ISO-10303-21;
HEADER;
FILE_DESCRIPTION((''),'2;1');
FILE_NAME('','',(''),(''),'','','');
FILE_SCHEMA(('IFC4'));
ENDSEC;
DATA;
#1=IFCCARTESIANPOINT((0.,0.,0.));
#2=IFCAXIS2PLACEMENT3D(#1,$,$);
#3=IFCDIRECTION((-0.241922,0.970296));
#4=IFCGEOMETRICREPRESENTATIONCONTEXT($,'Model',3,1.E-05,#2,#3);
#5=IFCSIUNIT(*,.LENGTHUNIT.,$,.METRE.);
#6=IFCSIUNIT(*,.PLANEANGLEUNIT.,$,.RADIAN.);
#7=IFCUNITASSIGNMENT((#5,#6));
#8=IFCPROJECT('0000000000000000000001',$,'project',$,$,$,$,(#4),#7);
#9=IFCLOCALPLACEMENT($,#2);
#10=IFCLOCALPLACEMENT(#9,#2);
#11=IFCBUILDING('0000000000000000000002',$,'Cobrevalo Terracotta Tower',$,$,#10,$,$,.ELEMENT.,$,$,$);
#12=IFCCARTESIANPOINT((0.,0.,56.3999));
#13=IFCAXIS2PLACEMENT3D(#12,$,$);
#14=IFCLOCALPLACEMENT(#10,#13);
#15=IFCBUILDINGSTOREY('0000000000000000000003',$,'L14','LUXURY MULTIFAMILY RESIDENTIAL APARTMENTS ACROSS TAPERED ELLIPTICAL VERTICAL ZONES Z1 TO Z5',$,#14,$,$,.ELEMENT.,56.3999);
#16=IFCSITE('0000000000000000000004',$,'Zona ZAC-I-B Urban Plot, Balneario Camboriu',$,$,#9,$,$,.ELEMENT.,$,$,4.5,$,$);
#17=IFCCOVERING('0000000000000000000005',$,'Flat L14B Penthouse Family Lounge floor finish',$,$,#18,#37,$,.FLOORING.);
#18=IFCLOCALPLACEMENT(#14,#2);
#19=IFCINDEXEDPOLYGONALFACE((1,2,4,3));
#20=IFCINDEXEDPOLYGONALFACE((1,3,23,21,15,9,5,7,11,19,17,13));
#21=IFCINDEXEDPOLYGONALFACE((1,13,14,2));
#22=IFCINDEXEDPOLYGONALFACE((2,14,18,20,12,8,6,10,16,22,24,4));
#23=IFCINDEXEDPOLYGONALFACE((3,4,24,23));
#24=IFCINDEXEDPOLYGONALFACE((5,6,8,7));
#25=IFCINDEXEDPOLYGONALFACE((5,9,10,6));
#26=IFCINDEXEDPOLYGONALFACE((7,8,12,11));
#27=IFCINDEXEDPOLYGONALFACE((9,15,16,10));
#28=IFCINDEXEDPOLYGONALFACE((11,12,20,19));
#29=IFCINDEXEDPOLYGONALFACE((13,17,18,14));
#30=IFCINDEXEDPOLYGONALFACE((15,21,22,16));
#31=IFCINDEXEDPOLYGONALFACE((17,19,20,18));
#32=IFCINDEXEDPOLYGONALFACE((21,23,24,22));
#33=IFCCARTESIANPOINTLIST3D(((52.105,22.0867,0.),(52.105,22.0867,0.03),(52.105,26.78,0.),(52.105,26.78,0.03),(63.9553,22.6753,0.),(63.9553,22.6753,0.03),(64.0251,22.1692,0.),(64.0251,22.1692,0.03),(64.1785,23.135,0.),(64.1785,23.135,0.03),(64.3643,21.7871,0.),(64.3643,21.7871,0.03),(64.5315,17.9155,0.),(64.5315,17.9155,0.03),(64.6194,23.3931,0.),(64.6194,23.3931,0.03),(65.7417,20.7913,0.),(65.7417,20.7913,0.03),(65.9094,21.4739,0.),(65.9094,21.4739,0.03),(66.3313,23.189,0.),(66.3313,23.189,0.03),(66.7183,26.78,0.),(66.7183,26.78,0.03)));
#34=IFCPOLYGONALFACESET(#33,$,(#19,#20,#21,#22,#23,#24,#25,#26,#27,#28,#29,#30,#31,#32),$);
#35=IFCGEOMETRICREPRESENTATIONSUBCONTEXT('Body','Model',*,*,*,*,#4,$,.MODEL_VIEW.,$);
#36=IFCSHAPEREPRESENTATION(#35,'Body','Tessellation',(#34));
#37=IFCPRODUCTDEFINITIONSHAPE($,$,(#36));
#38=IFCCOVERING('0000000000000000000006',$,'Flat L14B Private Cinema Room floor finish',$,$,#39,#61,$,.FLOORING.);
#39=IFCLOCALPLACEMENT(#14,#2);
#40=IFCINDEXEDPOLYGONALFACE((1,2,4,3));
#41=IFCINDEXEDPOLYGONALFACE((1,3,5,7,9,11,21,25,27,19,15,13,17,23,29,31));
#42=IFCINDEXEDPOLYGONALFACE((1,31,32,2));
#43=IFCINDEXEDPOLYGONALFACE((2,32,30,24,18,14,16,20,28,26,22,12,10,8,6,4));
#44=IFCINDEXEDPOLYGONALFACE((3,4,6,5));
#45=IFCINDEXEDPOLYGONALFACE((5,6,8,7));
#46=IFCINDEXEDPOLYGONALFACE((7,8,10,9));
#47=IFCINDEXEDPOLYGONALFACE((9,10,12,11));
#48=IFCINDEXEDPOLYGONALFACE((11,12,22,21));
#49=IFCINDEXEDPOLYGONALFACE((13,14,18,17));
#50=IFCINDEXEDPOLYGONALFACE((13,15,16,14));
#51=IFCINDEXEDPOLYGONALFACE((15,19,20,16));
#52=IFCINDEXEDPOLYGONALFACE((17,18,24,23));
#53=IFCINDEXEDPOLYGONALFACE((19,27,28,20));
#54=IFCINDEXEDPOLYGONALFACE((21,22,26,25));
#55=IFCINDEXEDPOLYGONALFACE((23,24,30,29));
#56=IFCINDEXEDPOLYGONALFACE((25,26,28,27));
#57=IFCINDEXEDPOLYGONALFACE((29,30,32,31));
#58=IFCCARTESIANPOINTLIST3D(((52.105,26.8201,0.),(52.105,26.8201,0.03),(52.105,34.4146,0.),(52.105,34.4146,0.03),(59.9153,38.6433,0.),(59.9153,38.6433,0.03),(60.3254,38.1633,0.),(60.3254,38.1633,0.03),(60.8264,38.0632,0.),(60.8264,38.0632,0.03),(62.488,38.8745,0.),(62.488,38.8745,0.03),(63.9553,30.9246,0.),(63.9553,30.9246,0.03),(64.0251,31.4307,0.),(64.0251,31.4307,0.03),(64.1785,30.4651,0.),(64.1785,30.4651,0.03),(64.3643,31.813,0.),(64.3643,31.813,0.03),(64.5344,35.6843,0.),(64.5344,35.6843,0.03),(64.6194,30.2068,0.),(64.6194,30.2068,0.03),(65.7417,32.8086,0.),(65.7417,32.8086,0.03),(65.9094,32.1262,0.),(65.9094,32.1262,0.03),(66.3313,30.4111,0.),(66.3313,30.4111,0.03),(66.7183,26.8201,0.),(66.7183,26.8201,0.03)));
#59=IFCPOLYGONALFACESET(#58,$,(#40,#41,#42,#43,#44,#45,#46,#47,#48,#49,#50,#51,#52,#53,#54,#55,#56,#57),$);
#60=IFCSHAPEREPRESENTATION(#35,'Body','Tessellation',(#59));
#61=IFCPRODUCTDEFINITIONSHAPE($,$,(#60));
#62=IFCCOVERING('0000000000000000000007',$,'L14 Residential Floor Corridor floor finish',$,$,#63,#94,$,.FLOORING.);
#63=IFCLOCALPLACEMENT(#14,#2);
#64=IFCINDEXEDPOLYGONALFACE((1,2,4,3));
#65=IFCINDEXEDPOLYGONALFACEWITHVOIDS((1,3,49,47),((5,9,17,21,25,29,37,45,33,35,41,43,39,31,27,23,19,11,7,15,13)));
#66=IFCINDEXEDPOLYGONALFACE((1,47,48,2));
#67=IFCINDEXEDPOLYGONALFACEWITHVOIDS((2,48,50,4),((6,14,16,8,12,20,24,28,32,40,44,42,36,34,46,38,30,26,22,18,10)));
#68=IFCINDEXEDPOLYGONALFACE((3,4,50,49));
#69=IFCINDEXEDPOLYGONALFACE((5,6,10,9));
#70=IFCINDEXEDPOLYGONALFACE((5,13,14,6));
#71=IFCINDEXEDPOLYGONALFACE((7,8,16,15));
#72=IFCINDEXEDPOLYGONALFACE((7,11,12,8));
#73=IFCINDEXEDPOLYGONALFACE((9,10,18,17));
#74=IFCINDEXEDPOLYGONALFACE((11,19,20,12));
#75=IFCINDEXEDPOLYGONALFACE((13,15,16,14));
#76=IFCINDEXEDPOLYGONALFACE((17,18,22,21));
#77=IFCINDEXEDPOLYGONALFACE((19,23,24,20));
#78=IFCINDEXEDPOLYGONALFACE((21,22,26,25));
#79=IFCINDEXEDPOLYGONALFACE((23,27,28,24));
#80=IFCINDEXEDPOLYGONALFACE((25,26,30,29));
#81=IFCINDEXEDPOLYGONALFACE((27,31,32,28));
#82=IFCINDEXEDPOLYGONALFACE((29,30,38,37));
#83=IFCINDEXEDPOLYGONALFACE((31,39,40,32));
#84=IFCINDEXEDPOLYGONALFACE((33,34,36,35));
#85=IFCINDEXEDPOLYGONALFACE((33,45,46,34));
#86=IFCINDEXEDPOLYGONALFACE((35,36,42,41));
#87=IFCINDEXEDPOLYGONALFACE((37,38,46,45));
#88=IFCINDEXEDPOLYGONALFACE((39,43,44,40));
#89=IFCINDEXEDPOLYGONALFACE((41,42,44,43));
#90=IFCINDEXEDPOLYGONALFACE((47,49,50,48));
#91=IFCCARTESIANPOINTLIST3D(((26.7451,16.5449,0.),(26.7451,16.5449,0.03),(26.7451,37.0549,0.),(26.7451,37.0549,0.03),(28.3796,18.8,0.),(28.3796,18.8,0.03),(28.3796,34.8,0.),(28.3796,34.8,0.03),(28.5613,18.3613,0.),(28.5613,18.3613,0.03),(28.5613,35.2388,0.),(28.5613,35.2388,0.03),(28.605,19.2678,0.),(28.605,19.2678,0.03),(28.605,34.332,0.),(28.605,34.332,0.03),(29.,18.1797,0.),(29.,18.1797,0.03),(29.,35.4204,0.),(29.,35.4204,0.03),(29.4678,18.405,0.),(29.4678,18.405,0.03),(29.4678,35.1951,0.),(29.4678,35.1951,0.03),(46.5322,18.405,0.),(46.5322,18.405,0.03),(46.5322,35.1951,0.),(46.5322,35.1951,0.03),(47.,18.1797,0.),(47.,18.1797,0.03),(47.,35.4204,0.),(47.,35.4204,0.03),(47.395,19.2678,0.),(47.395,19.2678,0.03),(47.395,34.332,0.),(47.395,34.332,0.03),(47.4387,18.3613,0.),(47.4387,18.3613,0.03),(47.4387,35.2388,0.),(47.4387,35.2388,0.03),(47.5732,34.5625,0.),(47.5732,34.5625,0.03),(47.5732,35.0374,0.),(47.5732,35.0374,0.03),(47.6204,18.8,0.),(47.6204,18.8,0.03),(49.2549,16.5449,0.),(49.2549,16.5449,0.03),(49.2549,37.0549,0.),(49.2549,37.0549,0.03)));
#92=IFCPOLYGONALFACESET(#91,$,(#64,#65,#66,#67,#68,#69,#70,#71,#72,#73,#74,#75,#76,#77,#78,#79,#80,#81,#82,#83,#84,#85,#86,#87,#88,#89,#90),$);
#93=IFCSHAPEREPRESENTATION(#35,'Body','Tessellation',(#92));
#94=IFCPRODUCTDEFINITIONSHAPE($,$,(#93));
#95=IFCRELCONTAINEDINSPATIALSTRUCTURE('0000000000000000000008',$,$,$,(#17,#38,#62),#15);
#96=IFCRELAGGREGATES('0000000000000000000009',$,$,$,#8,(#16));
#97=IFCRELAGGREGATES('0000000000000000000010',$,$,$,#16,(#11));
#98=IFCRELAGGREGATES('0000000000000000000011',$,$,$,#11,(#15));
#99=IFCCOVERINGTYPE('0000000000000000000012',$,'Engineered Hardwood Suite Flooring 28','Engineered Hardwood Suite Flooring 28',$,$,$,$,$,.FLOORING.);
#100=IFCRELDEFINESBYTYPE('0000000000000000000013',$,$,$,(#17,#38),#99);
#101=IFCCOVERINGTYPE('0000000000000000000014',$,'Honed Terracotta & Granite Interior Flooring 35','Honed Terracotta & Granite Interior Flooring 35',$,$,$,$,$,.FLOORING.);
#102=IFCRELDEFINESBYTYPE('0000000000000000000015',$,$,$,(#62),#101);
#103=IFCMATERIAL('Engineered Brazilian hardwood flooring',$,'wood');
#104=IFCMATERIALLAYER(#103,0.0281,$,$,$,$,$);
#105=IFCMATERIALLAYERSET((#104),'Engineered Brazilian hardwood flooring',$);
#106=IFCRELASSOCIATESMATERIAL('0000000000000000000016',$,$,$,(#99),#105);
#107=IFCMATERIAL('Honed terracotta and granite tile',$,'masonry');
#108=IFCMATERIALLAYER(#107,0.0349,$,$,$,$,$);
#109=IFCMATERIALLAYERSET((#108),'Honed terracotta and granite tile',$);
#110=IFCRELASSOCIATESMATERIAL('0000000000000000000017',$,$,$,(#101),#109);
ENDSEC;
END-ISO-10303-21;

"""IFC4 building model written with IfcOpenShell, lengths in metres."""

from ifc_helpers import new_model, si_unit, direction, frame, origin, place, context, subcontext, project, spatial, polyline, outline, extrude, material, layer, layer_set, type_object, element, save


model = new_model("IFC4")

# Units and contexts
model_context = context("Model", 3, precision=1e-05, world=origin(), true_north=direction((-0.241922, 0.970296)))
body_context = subcontext(model_context, "Body", "Model", "MODEL_VIEW")
ifc_project = project(units=[si_unit("LENGTHUNIT", "METRE"), si_unit("PLANEANGLEUNIT", "RADIAN")], contexts=[model_context])

# Site, building, storey
site_placement = place(None, origin())
site = spatial("IfcSite", under=ifc_project, at=site_placement, Name="Zona ZAC-I-B Urban Plot, Balneario Camboriu", CompositionType="ELEMENT", RefElevation=4.5)
building_placement = place(site_placement, origin())
building = spatial("IfcBuilding", under=site, at=building_placement, Name="Cobrevalo Terracotta Tower", CompositionType="ELEMENT")
storey_placement = place(building_placement, frame((0.0, 0.0, 56.3999)))
storey = spatial("IfcBuildingStorey", under=building, at=storey_placement, Name="L14", Description="LUXURY MULTIFAMILY RESIDENTIAL APARTMENTS ACROSS TAPERED ELLIPTICAL VERTICAL ZONES Z1 TO Z5", CompositionType="ELEMENT", Elevation=56.3999)

# Coverings
ifc_material_1 = material(Name="Engineered Brazilian hardwood flooring", Category="wood")
ifc_layer_1 = layer(ifc_material_1, 0.0281)
ifc_layer_set_1 = layer_set([ifc_layer_1], Name="Engineered Brazilian hardwood flooring")
covering_type_1 = type_object("IfcCoveringType", Name="Engineered Hardwood Suite Flooring 28", Description="Engineered Hardwood Suite Flooring 28", PredefinedType="FLOORING", material=ifc_layer_set_1)
covering_1_placement = place(storey_placement, origin())
element("IfcCovering", 1, at=covering_1_placement, inside=storey, type_object=covering_type_1, Name="Flat L14B Penthouse Family Lounge floor finish", PredefinedType="FLOORING", context=body_context, shape_type="SweptSolid", body=[
    extrude(outline(polyline([(52.105, 22.0867), (52.105, 26.78), (66.7183, 26.78), (66.3313, 23.189), (64.6194, 23.3931), (64.1785, 23.135), (63.9553, 22.6753), (64.0251, 22.1692), (64.3643, 21.7871), (65.9094, 21.4739), (65.7417, 20.7913), (64.5315, 17.9155), (52.105, 22.0867)])), origin(), (0.0, 0.0, 1.0), 0.03),
])
covering_2_placement = place(storey_placement, origin())
element("IfcCovering", 2, at=covering_2_placement, inside=storey, type_object=covering_type_1, Name="Flat L14B Private Cinema Room floor finish", PredefinedType="FLOORING", context=body_context, shape_type="SweptSolid", body=[
    extrude(outline(polyline([(59.9153, 38.6433), (60.3254, 38.1633), (60.8264, 38.0632), (62.488, 38.8745), (64.5344, 35.6843), (65.7417, 32.8086), (65.9094, 32.1262), (64.3643, 31.813), (64.0251, 31.4307), (63.9553, 30.9246), (64.1785, 30.4651), (64.6194, 30.2068), (66.3313, 30.4111), (66.7183, 26.8201), (52.105, 26.8201), (52.105, 34.4146), (59.9153, 38.6433)])), origin(), (0.0, 0.0, 1.0), 0.03),
])
ifc_material_2 = material(Name="Honed terracotta and granite tile", Category="masonry")
ifc_layer_2 = layer(ifc_material_2, 0.0349)
ifc_layer_set_2 = layer_set([ifc_layer_2], Name="Honed terracotta and granite tile")
covering_type_2 = type_object("IfcCoveringType", Name="Honed Terracotta & Granite Interior Flooring 35", Description="Honed Terracotta & Granite Interior Flooring 35", PredefinedType="FLOORING", material=ifc_layer_set_2)
covering_3_placement = place(storey_placement, origin())
element("IfcCovering", 3, at=covering_3_placement, inside=storey, type_object=covering_type_2, Name="L14 Residential Floor Corridor floor finish", PredefinedType="FLOORING", context=body_context, shape_type="SweptSolid", body=[
    extrude(outline(polyline([(49.2549, 37.0549), (49.2549, 16.5449), (26.7451, 16.5449), (26.7451, 37.0549), (49.2549, 37.0549)]), holes=[polyline([(47.395, 34.332), (47.5732, 34.5625), (47.5732, 35.0374), (47.4387, 35.2388), (47.0, 35.4204), (46.5322, 35.1951), (29.4678, 35.1951), (29.0, 35.4204), (28.5613, 35.2388), (28.3796, 34.8), (28.605, 34.332), (28.605, 19.2678), (28.3796, 18.8), (28.5613, 18.3613), (29.0, 18.1797), (29.4678, 18.405), (46.5322, 18.405), (47.0, 18.1797), (47.4387, 18.3613), (47.6204, 18.8), (47.395, 19.2678), (47.395, 34.332)])]), origin(), (0.0, 0.0, 1.0), 0.03),
])

save(model, "model.ifc")
